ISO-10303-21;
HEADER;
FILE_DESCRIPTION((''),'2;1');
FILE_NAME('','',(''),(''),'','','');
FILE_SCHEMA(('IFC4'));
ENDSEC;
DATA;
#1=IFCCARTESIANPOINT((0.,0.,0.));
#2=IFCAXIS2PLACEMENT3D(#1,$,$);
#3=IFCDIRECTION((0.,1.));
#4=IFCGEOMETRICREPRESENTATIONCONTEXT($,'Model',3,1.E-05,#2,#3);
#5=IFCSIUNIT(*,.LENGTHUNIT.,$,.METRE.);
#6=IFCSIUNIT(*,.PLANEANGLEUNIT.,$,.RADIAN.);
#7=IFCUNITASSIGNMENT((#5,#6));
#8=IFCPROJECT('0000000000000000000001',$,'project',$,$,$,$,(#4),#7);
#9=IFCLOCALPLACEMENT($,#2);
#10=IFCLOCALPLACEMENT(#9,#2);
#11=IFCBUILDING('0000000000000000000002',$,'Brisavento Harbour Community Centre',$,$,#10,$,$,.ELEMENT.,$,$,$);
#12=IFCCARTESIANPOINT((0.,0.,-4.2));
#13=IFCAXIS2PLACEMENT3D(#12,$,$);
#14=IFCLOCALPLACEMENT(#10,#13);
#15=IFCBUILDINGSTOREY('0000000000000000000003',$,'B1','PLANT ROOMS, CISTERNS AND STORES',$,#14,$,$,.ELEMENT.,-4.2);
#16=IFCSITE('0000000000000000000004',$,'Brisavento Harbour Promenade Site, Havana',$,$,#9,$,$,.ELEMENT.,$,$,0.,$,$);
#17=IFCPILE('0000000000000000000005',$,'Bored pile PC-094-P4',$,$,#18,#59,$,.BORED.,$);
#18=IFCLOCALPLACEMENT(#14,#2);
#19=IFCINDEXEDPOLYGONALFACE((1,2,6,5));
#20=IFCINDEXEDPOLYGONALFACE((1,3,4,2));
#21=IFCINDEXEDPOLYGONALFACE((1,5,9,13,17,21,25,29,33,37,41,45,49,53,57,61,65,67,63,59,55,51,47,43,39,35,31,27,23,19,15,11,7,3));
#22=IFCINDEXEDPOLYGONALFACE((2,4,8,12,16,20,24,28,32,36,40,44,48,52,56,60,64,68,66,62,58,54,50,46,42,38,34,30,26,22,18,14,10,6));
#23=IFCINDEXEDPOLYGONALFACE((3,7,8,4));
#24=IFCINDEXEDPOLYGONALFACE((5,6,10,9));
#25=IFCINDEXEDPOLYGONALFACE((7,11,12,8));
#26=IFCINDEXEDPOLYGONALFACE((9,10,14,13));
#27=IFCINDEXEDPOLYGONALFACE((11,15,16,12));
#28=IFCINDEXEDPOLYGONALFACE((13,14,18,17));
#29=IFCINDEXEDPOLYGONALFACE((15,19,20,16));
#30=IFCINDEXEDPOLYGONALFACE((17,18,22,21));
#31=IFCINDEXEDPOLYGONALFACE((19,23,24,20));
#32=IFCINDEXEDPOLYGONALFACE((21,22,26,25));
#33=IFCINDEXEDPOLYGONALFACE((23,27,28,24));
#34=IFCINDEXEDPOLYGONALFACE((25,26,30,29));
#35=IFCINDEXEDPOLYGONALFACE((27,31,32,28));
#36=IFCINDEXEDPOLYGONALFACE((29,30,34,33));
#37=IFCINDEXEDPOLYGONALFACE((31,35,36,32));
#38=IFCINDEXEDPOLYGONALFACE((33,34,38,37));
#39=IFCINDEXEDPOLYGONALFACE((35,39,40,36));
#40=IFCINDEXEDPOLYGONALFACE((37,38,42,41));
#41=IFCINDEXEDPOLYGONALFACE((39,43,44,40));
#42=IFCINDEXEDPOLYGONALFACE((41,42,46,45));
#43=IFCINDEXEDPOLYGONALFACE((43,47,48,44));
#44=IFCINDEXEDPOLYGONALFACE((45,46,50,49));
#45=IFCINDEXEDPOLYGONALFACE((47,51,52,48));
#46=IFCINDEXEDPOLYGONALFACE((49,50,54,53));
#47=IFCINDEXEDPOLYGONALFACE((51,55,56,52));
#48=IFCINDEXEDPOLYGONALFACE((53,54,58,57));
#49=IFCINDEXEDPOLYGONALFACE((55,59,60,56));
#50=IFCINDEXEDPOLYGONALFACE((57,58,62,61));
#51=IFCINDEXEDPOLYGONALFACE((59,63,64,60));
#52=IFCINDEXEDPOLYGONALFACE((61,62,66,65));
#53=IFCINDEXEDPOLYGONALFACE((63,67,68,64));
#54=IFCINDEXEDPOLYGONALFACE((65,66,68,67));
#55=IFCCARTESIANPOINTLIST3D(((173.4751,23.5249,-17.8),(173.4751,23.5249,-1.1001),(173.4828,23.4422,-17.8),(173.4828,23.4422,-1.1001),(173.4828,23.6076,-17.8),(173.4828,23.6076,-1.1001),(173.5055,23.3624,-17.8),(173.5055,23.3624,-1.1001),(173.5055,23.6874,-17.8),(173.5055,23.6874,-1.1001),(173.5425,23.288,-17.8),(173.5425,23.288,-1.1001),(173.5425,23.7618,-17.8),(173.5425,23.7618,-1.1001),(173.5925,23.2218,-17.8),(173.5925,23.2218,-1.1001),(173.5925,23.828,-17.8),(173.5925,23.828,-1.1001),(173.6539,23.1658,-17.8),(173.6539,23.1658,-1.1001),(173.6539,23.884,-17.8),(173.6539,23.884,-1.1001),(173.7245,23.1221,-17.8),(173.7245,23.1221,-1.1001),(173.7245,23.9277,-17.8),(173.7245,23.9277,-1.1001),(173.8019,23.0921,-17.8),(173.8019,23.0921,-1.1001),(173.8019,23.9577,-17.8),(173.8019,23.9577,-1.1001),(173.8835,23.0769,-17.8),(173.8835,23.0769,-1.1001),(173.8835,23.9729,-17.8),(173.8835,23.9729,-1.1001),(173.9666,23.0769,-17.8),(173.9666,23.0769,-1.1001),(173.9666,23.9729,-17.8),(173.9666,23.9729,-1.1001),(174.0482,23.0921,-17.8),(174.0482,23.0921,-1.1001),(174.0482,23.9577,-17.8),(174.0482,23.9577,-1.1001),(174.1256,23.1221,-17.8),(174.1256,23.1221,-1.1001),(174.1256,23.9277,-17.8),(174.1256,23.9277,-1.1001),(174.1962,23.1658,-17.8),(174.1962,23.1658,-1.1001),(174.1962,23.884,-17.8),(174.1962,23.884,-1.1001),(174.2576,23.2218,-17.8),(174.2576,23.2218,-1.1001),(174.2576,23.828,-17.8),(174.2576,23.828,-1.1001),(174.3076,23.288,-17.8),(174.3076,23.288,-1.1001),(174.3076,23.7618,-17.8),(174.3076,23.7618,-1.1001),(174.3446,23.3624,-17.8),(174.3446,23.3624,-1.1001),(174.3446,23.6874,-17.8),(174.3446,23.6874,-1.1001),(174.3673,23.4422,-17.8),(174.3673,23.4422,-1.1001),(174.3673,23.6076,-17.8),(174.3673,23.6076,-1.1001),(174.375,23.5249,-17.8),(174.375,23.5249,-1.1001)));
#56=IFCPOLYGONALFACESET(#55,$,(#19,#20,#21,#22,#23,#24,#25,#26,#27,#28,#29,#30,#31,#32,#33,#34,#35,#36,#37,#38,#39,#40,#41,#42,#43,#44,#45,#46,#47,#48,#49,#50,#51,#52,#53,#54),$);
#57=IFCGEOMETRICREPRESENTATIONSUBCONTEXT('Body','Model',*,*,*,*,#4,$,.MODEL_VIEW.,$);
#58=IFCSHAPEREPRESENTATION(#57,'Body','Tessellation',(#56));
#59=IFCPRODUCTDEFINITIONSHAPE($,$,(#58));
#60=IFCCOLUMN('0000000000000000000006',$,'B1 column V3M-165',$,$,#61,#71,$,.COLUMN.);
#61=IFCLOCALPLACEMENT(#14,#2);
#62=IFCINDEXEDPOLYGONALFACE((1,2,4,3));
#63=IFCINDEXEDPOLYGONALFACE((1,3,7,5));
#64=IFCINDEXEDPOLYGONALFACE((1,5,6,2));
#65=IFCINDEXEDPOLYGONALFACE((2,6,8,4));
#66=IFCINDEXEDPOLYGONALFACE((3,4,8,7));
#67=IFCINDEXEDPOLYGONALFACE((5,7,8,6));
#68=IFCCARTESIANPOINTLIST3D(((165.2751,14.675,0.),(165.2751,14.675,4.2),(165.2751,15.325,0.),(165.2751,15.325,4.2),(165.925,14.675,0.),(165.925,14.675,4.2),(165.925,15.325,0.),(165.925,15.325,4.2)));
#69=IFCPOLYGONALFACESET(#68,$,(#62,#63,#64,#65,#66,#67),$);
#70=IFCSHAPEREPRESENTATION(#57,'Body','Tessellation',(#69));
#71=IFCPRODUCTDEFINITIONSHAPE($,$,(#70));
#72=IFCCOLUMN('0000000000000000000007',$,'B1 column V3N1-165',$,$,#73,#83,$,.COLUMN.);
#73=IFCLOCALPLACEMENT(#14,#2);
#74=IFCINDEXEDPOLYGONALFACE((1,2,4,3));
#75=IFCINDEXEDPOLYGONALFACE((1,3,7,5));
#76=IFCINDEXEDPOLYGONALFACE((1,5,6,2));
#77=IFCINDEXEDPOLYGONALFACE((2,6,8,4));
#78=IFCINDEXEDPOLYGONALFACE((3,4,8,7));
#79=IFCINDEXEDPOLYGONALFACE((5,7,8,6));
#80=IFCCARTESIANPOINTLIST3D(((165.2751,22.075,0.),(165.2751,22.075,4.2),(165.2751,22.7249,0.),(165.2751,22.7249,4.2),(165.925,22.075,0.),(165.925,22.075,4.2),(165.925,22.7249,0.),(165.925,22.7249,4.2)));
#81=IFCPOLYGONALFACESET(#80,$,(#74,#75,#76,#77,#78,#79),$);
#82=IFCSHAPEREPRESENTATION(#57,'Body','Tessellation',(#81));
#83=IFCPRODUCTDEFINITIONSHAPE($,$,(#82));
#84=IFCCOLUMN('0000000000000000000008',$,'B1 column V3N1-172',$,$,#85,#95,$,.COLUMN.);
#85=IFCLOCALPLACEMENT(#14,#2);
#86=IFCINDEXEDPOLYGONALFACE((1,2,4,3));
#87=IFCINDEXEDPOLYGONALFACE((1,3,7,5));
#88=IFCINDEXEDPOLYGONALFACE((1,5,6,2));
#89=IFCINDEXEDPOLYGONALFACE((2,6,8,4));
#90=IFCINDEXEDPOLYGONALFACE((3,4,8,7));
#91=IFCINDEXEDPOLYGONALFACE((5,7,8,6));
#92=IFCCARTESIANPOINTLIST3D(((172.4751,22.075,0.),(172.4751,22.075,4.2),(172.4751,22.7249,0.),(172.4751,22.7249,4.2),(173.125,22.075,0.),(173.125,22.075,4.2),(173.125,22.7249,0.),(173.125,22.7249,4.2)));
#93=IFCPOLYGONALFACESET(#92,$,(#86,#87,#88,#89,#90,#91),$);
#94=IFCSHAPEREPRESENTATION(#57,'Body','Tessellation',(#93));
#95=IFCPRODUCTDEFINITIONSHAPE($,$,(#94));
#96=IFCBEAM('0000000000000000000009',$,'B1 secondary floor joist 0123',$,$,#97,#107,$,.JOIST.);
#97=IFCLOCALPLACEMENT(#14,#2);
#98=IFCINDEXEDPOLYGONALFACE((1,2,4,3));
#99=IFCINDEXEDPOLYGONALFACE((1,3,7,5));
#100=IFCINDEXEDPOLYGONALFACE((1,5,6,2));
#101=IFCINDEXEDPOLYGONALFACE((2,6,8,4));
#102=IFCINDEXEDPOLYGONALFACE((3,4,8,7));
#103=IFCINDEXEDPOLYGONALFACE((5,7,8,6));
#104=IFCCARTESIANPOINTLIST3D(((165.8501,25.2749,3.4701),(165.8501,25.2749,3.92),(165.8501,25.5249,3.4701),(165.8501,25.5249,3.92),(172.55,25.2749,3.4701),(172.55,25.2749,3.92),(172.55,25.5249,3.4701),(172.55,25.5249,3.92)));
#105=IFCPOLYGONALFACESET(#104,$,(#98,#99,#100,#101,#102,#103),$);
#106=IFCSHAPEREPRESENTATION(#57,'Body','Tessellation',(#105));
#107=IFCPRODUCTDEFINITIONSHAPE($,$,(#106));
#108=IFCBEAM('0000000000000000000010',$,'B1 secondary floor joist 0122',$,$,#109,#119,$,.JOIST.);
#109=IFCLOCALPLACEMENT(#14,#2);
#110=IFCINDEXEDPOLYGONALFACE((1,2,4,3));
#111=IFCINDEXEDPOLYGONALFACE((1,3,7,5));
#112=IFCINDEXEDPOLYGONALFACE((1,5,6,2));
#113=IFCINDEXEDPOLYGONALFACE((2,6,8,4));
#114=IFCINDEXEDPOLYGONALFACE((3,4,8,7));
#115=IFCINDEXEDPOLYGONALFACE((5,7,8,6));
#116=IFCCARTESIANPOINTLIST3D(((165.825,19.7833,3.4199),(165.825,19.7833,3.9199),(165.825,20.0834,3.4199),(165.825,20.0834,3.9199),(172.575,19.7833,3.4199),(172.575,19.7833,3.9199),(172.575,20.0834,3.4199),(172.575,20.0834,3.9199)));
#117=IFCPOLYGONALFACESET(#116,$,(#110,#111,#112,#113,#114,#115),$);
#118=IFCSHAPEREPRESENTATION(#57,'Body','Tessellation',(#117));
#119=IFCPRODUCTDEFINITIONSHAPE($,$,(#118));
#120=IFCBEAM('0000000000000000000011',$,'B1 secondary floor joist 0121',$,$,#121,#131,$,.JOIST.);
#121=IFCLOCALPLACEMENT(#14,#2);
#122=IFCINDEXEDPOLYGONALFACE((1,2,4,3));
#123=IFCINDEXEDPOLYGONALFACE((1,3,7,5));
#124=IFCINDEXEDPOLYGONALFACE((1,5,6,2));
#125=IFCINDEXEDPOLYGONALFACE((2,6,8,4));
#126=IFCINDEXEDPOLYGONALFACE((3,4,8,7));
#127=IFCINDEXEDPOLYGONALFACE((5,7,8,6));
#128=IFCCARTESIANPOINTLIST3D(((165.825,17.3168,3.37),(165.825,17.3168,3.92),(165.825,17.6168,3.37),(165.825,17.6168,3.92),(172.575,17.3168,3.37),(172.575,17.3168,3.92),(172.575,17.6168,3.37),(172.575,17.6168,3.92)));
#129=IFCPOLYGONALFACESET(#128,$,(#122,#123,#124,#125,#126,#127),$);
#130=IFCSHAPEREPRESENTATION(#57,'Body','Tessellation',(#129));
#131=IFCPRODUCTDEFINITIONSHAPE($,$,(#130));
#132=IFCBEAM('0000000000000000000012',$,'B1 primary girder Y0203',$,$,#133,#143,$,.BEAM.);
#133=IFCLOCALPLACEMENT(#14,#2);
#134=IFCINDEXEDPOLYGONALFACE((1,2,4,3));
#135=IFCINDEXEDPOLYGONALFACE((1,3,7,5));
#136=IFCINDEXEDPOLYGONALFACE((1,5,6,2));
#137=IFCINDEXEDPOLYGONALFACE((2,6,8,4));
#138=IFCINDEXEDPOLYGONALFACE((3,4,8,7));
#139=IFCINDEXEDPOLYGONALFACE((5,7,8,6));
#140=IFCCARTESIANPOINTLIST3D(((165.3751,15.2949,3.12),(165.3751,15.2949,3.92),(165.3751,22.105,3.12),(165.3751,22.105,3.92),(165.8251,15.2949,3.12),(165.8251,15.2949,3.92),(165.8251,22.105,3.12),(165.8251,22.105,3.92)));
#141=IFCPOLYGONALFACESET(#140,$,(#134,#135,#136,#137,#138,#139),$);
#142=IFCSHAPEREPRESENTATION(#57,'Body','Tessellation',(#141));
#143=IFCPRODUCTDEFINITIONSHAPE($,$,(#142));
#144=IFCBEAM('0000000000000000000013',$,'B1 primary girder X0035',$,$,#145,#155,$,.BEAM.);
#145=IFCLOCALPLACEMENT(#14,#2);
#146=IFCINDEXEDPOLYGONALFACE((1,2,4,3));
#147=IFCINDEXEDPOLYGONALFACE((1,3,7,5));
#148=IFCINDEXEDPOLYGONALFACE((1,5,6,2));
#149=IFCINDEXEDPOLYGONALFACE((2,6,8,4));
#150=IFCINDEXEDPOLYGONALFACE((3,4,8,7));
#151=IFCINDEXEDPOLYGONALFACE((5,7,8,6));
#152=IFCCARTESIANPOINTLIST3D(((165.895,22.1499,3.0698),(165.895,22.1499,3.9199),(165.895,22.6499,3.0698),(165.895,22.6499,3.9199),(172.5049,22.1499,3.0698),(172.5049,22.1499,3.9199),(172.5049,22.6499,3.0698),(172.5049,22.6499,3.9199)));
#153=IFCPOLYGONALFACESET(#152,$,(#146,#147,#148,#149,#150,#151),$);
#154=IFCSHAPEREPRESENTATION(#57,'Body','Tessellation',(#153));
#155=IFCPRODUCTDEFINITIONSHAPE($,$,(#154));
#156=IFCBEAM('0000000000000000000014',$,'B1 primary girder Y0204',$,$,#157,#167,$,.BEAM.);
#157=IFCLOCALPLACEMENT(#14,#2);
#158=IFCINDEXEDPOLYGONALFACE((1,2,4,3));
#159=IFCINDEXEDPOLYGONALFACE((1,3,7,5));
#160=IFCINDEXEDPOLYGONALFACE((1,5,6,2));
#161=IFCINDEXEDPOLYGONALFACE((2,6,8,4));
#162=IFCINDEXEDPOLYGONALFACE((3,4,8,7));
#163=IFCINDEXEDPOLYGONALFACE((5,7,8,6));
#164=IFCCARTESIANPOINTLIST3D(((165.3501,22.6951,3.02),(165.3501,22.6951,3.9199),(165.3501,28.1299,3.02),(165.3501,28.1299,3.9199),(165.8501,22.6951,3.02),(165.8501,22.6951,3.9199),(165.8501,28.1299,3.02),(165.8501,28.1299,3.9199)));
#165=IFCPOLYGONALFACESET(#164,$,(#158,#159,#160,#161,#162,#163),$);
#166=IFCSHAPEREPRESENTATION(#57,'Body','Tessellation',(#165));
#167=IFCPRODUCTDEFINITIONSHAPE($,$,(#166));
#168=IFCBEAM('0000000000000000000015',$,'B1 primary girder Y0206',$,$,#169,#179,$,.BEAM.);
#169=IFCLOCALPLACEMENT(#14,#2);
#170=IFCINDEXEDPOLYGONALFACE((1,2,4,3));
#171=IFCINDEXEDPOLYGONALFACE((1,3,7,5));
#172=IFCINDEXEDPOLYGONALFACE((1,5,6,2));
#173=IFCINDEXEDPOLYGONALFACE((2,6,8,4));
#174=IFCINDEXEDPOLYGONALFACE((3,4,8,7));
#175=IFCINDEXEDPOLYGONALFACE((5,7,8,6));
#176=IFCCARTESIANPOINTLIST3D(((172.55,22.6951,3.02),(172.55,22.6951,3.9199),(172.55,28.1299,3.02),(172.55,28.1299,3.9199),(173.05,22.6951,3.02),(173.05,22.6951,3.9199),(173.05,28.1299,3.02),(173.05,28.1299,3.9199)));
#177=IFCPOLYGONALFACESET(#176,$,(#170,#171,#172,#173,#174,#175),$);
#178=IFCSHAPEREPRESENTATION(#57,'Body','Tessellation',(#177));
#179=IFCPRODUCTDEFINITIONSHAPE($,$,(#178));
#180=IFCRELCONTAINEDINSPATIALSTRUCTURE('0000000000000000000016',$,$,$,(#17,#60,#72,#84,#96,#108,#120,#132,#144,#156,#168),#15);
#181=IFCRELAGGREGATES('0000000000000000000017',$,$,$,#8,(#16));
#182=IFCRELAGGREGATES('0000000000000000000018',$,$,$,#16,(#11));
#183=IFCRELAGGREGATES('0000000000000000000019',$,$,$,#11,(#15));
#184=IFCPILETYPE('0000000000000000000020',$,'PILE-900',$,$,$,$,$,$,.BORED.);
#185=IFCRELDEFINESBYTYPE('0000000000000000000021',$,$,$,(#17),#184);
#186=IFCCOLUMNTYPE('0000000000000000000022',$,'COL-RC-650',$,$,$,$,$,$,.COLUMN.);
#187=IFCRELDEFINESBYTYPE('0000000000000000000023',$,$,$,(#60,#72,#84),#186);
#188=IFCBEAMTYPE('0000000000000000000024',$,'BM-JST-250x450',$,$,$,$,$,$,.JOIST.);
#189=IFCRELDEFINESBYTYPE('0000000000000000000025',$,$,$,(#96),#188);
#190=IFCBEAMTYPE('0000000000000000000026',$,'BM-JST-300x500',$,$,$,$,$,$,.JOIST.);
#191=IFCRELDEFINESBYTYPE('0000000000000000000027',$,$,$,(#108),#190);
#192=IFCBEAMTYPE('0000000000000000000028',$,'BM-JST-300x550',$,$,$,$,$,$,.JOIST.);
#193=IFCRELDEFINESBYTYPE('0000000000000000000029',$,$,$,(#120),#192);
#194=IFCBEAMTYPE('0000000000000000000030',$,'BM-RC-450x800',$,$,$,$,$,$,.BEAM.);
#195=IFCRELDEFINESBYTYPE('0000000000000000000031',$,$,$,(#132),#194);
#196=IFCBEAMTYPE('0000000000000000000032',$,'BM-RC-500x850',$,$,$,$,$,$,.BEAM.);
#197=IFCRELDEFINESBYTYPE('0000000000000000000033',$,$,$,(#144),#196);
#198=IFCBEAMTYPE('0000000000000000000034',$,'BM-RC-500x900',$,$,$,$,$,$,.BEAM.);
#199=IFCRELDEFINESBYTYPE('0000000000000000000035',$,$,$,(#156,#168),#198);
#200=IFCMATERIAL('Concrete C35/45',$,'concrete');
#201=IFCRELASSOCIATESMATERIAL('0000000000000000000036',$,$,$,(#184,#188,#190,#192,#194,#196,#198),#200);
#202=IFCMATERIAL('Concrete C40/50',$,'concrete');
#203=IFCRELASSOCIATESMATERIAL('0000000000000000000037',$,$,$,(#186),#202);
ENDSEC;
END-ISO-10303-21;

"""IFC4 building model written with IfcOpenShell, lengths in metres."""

from ifc_helpers import new_model, si_unit, direction, frame, origin, origin_2d, place, context, subcontext, project, spatial, rectangle, circle, extrude, material, material_profile, profile_set, type_object, element, save


model = new_model("IFC4")

# Units and contexts
model_context = context("Model", 3, precision=1e-05, world=origin(), true_north=direction((0.0, 1.0)))
body_context = subcontext(model_context, "Body", "Model", "MODEL_VIEW")
ifc_project = project(units=[si_unit("LENGTHUNIT", "METRE"), si_unit("PLANEANGLEUNIT", "RADIAN")], contexts=[model_context])

# Site, building, storey
site_placement = place(None, origin())
site = spatial("IfcSite", under=ifc_project, at=site_placement, Name="Brisavento Harbour Promenade Site, Havana", CompositionType="ELEMENT", RefElevation=0.0)
building_placement = place(site_placement, origin())
building = spatial("IfcBuilding", under=site, at=building_placement, Name="Brisavento Harbour Community Centre", CompositionType="ELEMENT")
storey_placement = place(building_placement, frame((0.0, 0.0, -4.2)))
storey = spatial("IfcBuildingStorey", under=building, at=storey_placement, Name="B1", Description="PLANT ROOMS, CISTERNS AND STORES", CompositionType="ELEMENT", Elevation=-4.2)

# Shared definitions
ifc_material_1 = material(Name="Concrete C35/45", Category="concrete")

# Pile
ifc_material_profile_1 = material_profile(ifc_material_1, circle(Radius=0.45, at=origin_2d()), Name="Concrete C35/45")
ifc_profile_set_1 = profile_set([ifc_material_profile_1], Name="Concrete C35/45")
pile_type_1 = type_object("IfcPileType", Name="PILE-900", PredefinedType="BORED", material=ifc_profile_set_1)
for number, where, z_axis, x_axis, name in (
    (1, (173.925, 23.5249, -1.1001), (0.0, 0.0, -1.0), (1.0, 0.0, 0.0), "Bored pile PC-094-P4"),
):
    element("IfcPile", number, at=place(storey_placement, frame(where, z_axis=z_axis, x_axis=x_axis)), inside=storey, type_object=pile_type_1, Name=name, PredefinedType="BORED", context=body_context, shape_type="SweptSolid", body=[
        extrude(circle(Radius=0.45, at=origin_2d()), origin(), (0.0, 0.0, 1.0), 16.7),
    ])

# Columns
ifc_material_2 = material(Name="Concrete C40/50", Category="concrete")
ifc_material_profile_2 = material_profile(ifc_material_2, rectangle(XDim=0.6499, YDim=0.6499, at=origin_2d()), Name="Concrete C40/50")
ifc_profile_set_2 = profile_set([ifc_material_profile_2], Name="Concrete C40/50")
column_type = type_object("IfcColumnType", Name="COL-RC-650", PredefinedType="COLUMN", material=ifc_profile_set_2)
for number, where, z_axis, x_axis, name in (
    (2, (165.6001, 15.0, 0.0), (0.0, 0.0, 1.0), (1.0, 0.0, 0.0), "B1 column V3M-165"),
    (3, (165.6001, 22.3999, 0.0), (0.0, 0.0, 1.0), (1.0, 0.0, 0.0), "B1 column V3N1-165"),
    (4, (172.8, 22.3999, 0.0), (0.0, 0.0, 1.0), (1.0, 0.0, 0.0), "B1 column V3N1-172"),
):
    element("IfcColumn", number, at=place(storey_placement, frame(where, z_axis=z_axis, x_axis=x_axis)), inside=storey, type_object=column_type, Name=name, PredefinedType="COLUMN", context=body_context, shape_type="SweptSolid", body=[
        extrude(rectangle(XDim=0.6499, YDim=0.6499, at=origin_2d()), origin(), (0.0, 0.0, 1.0), 4.2),
    ])

# Beams
ifc_material_profile_3 = material_profile(ifc_material_1, rectangle(XDim=0.25, YDim=0.45, at=origin_2d()), Name="Concrete C35/45")
ifc_profile_set_3 = profile_set([ifc_material_profile_3], Name="Concrete C35/45")
beam_type_1 = type_object("IfcBeamType", Name="BM-JST-250x450", PredefinedType="JOIST", material=ifc_profile_set_3)
beam_1_placement = place(storey_placement, frame((165.8501, 25.3999, 3.6951), z_axis=(1.0, 0.0, 0.0), x_axis=(0.0, 1.0, 0.0)))
element("IfcBeam", 5, at=beam_1_placement, inside=storey, type_object=beam_type_1, Name="B1 secondary floor joist 0123", PredefinedType="JOIST", context=body_context, shape_type="SweptSolid", body=[
    extrude(rectangle(XDim=0.25, YDim=0.45, at=origin_2d()), origin(), (0.0, 0.0, 1.0), 6.7),
])
ifc_material_profile_4 = material_profile(ifc_material_1, rectangle(XDim=0.3, YDim=0.5, at=origin_2d()), Name="Concrete C35/45")
ifc_profile_set_4 = profile_set([ifc_material_profile_4], Name="Concrete C35/45")
beam_type_2 = type_object("IfcBeamType", Name="BM-JST-300x500", PredefinedType="JOIST", material=ifc_profile_set_4)
beam_2_placement = place(storey_placement, frame((165.825, 19.9333, 3.6699), z_axis=(1.0, 0.0, 0.0), x_axis=(0.0, 1.0, 0.0)))
element("IfcBeam", 6, at=beam_2_placement, inside=storey, type_object=beam_type_2, Name="B1 secondary floor joist 0122", PredefinedType="JOIST", context=body_context, shape_type="SweptSolid", body=[
    extrude(rectangle(XDim=0.3, YDim=0.5, at=origin_2d()), origin(), (0.0, 0.0, 1.0), 6.75),
])
ifc_material_profile_5 = material_profile(ifc_material_1, rectangle(XDim=0.3, YDim=0.55, at=origin_2d()), Name="Concrete C35/45")
ifc_profile_set_5 = profile_set([ifc_material_profile_5], Name="Concrete C35/45")
beam_type_3 = type_object("IfcBeamType", Name="BM-JST-300x550", PredefinedType="JOIST", material=ifc_profile_set_5)
beam_3_placement = place(storey_placement, frame((165.825, 17.4668, 3.645), z_axis=(1.0, 0.0, 0.0), x_axis=(0.0, 1.0, 0.0)))
element("IfcBeam", 7, at=beam_3_placement, inside=storey, type_object=beam_type_3, Name="B1 secondary floor joist 0121", PredefinedType="JOIST", context=body_context, shape_type="SweptSolid", body=[
    extrude(rectangle(XDim=0.3, YDim=0.55, at=origin_2d()), origin(), (0.0, 0.0, 1.0), 6.75),
])
ifc_material_profile_6 = material_profile(ifc_material_1, rectangle(XDim=0.45, YDim=0.8, at=origin_2d()), Name="Concrete C35/45")
ifc_profile_set_6 = profile_set([ifc_material_profile_6], Name="Concrete C35/45")
beam_type_4 = type_object("IfcBeamType", Name="BM-RC-450x800", PredefinedType="BEAM", material=ifc_profile_set_6)
beam_4_placement = place(storey_placement, frame((165.6001, 15.2949, 3.52), z_axis=(0.0, 1.0, 0.0), x_axis=(-1.0, 0.0, 0.0)))
element("IfcBeam", 8, at=beam_4_placement, inside=storey, type_object=beam_type_4, Name="B1 primary girder Y0203", PredefinedType="BEAM", context=body_context, shape_type="SweptSolid", body=[
    extrude(rectangle(XDim=0.45, YDim=0.8, at=origin_2d()), origin(), (0.0, 0.0, 1.0), 6.8101),
])
ifc_material_profile_7 = material_profile(ifc_material_1, rectangle(XDim=0.5, YDim=0.8501, at=origin_2d()), Name="Concrete C35/45")
ifc_profile_set_7 = profile_set([ifc_material_profile_7], Name="Concrete C35/45")
beam_type_5 = type_object("IfcBeamType", Name="BM-RC-500x850", PredefinedType="BEAM", material=ifc_profile_set_7)
beam_5_placement = place(storey_placement, frame((165.895, 22.3999, 3.4949), z_axis=(1.0, 0.0, 0.0), x_axis=(0.0, 1.0, 0.0)))
element("IfcBeam", 9, at=beam_5_placement, inside=storey, type_object=beam_type_5, Name="B1 primary girder X0035", PredefinedType="BEAM", context=body_context, shape_type="SweptSolid", body=[
    extrude(rectangle(XDim=0.5, YDim=0.8501, at=origin_2d()), origin(), (0.0, 0.0, 1.0), 6.6099),
])
ifc_material_profile_8 = material_profile(ifc_material_1, rectangle(XDim=0.5, YDim=0.8999, at=origin_2d()), Name="Concrete C35/45")
ifc_profile_set_8 = profile_set([ifc_material_profile_8], Name="Concrete C35/45")
beam_type_6 = type_object("IfcBeamType", Name="BM-RC-500x900", PredefinedType="BEAM", material=ifc_profile_set_8)
for number, where, z_axis, x_axis, name in (
    (10, (165.6001, 22.6951, 3.47), (0.0, 1.0, 0.0), (-1.0, 0.0, 0.0), "B1 primary girder Y0204"),
    (11, (172.8, 22.6951, 3.47), (0.0, 1.0, 0.0), (-1.0, 0.0, 0.0), "B1 primary girder Y0206"),
):
    element("IfcBeam", number, at=place(storey_placement, frame(where, z_axis=z_axis, x_axis=x_axis)), inside=storey, type_object=beam_type_6, Name=name, PredefinedType="BEAM", context=body_context, shape_type="SweptSolid", body=[
        extrude(rectangle(XDim=0.5, YDim=0.8999, at=origin_2d()), origin(), (0.0, 0.0, 1.0), 5.4348),
    ])

save(model, "model.ifc")
